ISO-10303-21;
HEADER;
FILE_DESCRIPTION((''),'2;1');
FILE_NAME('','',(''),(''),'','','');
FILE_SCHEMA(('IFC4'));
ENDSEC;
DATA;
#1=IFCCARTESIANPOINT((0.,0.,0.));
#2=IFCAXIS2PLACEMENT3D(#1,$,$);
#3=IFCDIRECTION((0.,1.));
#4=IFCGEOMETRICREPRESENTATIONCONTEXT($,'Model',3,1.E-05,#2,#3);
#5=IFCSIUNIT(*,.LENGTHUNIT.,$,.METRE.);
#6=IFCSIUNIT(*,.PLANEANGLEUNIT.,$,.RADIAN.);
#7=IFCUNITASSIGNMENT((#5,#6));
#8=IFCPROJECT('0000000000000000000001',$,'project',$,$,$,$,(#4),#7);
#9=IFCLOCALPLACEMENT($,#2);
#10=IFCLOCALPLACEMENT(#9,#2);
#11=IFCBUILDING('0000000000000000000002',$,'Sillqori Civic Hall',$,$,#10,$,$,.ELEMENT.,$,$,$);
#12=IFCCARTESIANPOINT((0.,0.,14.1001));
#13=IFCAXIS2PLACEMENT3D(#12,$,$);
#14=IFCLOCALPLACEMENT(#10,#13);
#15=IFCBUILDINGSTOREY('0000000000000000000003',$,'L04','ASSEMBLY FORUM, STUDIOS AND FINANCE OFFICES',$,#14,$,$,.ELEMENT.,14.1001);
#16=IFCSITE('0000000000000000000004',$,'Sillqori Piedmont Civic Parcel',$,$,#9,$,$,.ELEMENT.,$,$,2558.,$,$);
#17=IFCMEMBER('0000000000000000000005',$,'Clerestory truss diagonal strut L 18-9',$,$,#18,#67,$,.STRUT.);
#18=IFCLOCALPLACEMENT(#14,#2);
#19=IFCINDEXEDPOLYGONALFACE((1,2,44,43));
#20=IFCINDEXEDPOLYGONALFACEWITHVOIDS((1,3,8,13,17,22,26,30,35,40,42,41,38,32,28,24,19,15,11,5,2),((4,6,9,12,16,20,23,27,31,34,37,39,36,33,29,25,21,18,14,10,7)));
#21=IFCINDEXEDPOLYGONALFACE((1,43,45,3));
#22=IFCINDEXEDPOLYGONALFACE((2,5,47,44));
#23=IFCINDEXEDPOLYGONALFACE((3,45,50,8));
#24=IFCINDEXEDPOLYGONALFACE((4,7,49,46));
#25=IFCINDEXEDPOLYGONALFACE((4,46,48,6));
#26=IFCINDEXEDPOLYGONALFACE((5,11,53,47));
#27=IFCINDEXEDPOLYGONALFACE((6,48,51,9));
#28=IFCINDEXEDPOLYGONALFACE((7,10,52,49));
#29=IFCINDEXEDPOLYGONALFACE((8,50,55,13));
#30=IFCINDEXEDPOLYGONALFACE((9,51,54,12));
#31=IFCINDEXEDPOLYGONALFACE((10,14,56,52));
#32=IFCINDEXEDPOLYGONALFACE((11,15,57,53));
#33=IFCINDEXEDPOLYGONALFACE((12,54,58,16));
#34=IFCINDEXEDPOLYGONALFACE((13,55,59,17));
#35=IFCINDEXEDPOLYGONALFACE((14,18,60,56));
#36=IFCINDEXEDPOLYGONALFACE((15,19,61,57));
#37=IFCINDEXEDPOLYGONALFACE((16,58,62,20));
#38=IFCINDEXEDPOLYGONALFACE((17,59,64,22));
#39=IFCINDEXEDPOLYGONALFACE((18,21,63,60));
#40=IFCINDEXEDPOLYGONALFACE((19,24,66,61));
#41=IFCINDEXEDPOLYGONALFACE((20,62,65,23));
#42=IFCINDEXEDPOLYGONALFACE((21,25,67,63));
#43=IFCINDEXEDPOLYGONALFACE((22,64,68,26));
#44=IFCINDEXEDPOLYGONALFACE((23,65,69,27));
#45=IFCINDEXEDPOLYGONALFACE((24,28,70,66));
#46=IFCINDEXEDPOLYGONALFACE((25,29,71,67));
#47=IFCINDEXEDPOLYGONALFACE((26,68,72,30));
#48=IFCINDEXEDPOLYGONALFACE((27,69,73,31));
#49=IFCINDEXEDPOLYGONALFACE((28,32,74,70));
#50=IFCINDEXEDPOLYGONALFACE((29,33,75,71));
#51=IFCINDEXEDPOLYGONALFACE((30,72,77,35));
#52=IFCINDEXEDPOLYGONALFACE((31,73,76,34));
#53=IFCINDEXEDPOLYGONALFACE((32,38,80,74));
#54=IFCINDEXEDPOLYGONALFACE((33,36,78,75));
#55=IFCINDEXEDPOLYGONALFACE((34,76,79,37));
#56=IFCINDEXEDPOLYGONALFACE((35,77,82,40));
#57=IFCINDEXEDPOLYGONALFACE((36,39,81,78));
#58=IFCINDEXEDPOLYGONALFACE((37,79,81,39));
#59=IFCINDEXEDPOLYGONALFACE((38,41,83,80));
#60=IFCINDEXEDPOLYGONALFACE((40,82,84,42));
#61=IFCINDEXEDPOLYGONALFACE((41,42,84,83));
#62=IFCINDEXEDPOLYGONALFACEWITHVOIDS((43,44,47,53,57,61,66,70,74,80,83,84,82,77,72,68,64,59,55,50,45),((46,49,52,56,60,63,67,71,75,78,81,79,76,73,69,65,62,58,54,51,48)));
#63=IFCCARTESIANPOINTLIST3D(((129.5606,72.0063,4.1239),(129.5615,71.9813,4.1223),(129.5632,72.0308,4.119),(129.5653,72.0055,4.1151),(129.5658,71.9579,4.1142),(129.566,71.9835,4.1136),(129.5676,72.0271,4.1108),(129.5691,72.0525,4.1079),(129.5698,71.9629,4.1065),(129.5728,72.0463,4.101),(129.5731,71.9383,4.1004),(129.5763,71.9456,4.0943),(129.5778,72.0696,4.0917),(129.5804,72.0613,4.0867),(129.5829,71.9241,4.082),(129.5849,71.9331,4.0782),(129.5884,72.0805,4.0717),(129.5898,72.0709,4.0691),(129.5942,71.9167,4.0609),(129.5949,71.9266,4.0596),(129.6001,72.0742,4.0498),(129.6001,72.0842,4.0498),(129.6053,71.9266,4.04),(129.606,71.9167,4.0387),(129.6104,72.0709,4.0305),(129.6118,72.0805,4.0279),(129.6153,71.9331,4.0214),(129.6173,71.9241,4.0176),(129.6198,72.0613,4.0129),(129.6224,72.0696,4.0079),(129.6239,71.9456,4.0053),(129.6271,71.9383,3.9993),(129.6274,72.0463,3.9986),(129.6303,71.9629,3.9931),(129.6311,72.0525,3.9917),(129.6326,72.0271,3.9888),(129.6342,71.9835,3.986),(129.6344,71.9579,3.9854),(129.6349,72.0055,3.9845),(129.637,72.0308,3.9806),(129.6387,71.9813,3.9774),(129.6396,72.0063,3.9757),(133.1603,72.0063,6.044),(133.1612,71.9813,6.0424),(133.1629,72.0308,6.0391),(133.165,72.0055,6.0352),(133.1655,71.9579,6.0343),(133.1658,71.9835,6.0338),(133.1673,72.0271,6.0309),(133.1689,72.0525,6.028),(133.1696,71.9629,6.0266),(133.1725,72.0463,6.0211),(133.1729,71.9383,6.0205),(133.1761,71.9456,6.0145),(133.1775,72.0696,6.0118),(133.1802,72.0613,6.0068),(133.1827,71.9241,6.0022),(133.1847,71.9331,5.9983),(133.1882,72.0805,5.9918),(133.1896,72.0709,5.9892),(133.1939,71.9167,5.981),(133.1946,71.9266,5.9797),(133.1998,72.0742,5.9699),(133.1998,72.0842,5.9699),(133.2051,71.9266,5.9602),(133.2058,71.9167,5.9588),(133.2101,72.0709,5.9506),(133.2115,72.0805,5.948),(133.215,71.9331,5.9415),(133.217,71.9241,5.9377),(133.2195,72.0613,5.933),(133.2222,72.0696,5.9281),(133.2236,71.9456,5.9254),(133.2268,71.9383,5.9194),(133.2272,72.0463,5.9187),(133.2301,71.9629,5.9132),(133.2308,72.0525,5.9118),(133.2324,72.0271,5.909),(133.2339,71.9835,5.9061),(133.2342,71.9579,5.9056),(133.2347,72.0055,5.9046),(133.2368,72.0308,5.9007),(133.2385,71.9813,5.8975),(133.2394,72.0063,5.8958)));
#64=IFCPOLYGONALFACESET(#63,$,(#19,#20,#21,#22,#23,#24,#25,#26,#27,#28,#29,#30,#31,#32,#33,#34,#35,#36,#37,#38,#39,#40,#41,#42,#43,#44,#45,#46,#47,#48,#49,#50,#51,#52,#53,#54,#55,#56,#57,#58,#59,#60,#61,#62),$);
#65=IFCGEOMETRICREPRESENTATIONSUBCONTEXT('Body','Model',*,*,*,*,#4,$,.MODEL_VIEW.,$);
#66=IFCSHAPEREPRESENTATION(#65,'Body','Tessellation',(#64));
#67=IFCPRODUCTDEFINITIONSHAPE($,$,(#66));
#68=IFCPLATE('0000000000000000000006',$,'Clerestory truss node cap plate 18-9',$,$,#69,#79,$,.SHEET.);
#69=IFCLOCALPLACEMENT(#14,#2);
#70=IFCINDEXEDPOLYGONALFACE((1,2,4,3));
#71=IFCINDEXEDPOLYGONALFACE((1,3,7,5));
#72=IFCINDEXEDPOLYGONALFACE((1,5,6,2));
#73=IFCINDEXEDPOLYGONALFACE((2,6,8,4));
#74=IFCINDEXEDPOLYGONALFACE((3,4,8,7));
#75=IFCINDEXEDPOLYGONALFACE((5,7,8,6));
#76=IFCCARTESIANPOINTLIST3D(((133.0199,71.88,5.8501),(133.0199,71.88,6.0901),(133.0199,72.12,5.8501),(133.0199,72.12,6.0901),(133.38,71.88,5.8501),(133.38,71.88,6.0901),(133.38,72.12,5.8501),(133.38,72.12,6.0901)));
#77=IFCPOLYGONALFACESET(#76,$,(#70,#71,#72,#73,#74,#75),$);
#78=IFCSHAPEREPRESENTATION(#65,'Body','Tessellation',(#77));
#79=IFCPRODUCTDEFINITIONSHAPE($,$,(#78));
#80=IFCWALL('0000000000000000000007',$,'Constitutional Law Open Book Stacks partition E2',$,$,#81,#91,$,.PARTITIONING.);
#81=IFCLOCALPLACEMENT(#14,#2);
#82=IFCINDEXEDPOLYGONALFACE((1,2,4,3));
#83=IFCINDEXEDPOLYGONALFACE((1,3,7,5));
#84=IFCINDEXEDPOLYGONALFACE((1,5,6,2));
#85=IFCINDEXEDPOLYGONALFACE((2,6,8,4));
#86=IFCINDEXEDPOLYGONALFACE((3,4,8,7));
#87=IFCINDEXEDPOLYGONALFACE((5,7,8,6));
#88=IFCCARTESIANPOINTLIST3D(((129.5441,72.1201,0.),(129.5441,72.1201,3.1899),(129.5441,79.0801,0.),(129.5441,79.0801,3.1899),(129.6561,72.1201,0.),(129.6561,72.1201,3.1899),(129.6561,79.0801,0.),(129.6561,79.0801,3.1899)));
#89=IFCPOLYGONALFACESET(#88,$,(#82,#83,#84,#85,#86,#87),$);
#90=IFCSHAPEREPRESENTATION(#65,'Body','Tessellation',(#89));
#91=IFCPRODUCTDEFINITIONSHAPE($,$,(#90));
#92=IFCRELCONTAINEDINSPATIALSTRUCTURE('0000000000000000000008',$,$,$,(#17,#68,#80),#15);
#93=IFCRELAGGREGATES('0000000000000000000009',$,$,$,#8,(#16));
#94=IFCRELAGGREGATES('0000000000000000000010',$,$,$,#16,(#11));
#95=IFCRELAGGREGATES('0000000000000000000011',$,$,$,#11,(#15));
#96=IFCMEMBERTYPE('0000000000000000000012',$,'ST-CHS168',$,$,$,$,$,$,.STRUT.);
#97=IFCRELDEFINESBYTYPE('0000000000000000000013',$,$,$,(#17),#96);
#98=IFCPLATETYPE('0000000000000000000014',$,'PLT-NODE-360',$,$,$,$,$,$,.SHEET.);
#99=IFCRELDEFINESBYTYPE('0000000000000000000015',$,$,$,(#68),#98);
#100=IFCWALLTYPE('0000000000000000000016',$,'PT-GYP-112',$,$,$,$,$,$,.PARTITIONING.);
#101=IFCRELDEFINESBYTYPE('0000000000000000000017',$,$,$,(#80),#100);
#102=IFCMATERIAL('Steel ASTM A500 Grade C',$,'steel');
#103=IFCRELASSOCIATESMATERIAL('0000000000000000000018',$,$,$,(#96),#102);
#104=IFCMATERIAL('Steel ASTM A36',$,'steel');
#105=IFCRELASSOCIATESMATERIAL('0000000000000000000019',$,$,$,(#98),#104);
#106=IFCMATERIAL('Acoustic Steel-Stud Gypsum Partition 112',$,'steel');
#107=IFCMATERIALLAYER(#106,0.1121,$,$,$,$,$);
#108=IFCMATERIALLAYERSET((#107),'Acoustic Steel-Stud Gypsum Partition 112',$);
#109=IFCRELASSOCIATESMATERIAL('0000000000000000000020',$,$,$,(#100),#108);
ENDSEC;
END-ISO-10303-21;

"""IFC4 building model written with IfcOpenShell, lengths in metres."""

from ifc_helpers import new_model, si_unit, direction, frame, frame_2d, origin, origin_2d, place, context, subcontext, project, spatial, rectangle, hollow_circle, extrude, material, layer, layer_set, material_profile, profile_set, type_object, element, save


model = new_model("IFC4")

# Units and contexts
model_context = context("Model", 3, precision=1e-05, world=origin(), true_north=direction((0.0, 1.0)))
body_context = subcontext(model_context, "Body", "Model", "MODEL_VIEW")
ifc_project = project(units=[si_unit("LENGTHUNIT", "METRE"), si_unit("PLANEANGLEUNIT", "RADIAN")], contexts=[model_context])

# Site, building, storey
site_placement = place(None, origin())
site = spatial("IfcSite", under=ifc_project, at=site_placement, Name="Sillqori Piedmont Civic Parcel", CompositionType="ELEMENT", RefElevation=2558.0)
building_placement = place(site_placement, origin())
building = spatial("IfcBuilding", under=site, at=building_placement, Name="Sillqori Civic Hall", CompositionType="ELEMENT")
storey_placement = place(building_placement, frame((0.0, 0.0, 14.1001)))
storey = spatial("IfcBuildingStorey", under=building, at=storey_placement, Name="L04", Description="ASSEMBLY FORUM, STUDIOS AND FINANCE OFFICES", CompositionType="ELEMENT", Elevation=14.1001)

# Shared definitions
ifc_material_1 = material(Name="Steel ASTM A500 Grade C", Category="steel")

# Member
ifc_material_profile_1 = material_profile(ifc_material_1, hollow_circle(Radius=0.0842, WallThickness=0.01, at=origin_2d()), Name="CHS168X10")
ifc_profile_set_1 = profile_set([ifc_material_profile_1], Name="Steel ASTM A500 Grade C")
member_type_1 = type_object("IfcMemberType", Name="ST-CHS168", PredefinedType="STRUT", material=ifc_profile_set_1)
member_1_placement = place(storey_placement, frame((129.6001, 72.0, 4.0498), z_axis=(0.882328, 0.0, 0.470635), x_axis=(0.0, 1.0, 0.0)))
element("IfcMember", 1, at=member_1_placement, inside=storey, type_object=member_type_1, Name="Clerestory truss diagonal strut L 18-9", PredefinedType="STRUT", context=body_context, shape_type="SweptSolid", body=[
    extrude(hollow_circle(Radius=0.0842, WallThickness=0.01, at=origin_2d()), origin(), (0.0, 0.0, 1.0), 4.0798),
])

# Plate
ifc_material_2 = material(Name="Steel ASTM A36", Category="steel")
plate_type_1 = type_object("IfcPlateType", Name="PLT-NODE-360", PredefinedType="SHEET", material=ifc_material_2)
plate_1_placement = place(storey_placement, frame((133.2, 72.0, 5.8501), z_axis=(0.0, 0.0, 1.0), x_axis=(1.0, 0.0, 0.0)))
element("IfcPlate", 2, at=plate_1_placement, inside=storey, type_object=plate_type_1, Name="Clerestory truss node cap plate 18-9", PredefinedType="SHEET", context=body_context, shape_type="SweptSolid", body=[
    extrude(rectangle(XDim=0.3601, YDim=0.24, at=origin_2d()), origin(), (0.0, 0.0, 1.0), 0.24),
])

# Wall
ifc_material_3 = material(Name="Acoustic Steel-Stud Gypsum Partition 112", Category="steel")
ifc_layer_1 = layer(ifc_material_3, 0.1121)
ifc_layer_set_1 = layer_set([ifc_layer_1], Name="Acoustic Steel-Stud Gypsum Partition 112")
wall_type = type_object("IfcWallType", Name="PT-GYP-112", PredefinedType="PARTITIONING", material=ifc_layer_set_1)
wall_placement = place(storey_placement, frame((129.6001, 79.0801, 0.0), z_axis=(0.0, 0.0, 1.0), x_axis=(0.0, -1.0, 0.0)))
element("IfcWall", 3, at=wall_placement, inside=storey, type_object=wall_type, Name="Constitutional Law Open Book Stacks partition E2", PredefinedType="PARTITIONING", context=body_context, shape_type="SweptSolid", body=[
    extrude(rectangle(XDim=6.96, YDim=0.1121, at=frame_2d((3.48, 0.0))), origin(), (0.0, 0.0, 1.0), 3.1899),
])

save(model, "model.ifc")
